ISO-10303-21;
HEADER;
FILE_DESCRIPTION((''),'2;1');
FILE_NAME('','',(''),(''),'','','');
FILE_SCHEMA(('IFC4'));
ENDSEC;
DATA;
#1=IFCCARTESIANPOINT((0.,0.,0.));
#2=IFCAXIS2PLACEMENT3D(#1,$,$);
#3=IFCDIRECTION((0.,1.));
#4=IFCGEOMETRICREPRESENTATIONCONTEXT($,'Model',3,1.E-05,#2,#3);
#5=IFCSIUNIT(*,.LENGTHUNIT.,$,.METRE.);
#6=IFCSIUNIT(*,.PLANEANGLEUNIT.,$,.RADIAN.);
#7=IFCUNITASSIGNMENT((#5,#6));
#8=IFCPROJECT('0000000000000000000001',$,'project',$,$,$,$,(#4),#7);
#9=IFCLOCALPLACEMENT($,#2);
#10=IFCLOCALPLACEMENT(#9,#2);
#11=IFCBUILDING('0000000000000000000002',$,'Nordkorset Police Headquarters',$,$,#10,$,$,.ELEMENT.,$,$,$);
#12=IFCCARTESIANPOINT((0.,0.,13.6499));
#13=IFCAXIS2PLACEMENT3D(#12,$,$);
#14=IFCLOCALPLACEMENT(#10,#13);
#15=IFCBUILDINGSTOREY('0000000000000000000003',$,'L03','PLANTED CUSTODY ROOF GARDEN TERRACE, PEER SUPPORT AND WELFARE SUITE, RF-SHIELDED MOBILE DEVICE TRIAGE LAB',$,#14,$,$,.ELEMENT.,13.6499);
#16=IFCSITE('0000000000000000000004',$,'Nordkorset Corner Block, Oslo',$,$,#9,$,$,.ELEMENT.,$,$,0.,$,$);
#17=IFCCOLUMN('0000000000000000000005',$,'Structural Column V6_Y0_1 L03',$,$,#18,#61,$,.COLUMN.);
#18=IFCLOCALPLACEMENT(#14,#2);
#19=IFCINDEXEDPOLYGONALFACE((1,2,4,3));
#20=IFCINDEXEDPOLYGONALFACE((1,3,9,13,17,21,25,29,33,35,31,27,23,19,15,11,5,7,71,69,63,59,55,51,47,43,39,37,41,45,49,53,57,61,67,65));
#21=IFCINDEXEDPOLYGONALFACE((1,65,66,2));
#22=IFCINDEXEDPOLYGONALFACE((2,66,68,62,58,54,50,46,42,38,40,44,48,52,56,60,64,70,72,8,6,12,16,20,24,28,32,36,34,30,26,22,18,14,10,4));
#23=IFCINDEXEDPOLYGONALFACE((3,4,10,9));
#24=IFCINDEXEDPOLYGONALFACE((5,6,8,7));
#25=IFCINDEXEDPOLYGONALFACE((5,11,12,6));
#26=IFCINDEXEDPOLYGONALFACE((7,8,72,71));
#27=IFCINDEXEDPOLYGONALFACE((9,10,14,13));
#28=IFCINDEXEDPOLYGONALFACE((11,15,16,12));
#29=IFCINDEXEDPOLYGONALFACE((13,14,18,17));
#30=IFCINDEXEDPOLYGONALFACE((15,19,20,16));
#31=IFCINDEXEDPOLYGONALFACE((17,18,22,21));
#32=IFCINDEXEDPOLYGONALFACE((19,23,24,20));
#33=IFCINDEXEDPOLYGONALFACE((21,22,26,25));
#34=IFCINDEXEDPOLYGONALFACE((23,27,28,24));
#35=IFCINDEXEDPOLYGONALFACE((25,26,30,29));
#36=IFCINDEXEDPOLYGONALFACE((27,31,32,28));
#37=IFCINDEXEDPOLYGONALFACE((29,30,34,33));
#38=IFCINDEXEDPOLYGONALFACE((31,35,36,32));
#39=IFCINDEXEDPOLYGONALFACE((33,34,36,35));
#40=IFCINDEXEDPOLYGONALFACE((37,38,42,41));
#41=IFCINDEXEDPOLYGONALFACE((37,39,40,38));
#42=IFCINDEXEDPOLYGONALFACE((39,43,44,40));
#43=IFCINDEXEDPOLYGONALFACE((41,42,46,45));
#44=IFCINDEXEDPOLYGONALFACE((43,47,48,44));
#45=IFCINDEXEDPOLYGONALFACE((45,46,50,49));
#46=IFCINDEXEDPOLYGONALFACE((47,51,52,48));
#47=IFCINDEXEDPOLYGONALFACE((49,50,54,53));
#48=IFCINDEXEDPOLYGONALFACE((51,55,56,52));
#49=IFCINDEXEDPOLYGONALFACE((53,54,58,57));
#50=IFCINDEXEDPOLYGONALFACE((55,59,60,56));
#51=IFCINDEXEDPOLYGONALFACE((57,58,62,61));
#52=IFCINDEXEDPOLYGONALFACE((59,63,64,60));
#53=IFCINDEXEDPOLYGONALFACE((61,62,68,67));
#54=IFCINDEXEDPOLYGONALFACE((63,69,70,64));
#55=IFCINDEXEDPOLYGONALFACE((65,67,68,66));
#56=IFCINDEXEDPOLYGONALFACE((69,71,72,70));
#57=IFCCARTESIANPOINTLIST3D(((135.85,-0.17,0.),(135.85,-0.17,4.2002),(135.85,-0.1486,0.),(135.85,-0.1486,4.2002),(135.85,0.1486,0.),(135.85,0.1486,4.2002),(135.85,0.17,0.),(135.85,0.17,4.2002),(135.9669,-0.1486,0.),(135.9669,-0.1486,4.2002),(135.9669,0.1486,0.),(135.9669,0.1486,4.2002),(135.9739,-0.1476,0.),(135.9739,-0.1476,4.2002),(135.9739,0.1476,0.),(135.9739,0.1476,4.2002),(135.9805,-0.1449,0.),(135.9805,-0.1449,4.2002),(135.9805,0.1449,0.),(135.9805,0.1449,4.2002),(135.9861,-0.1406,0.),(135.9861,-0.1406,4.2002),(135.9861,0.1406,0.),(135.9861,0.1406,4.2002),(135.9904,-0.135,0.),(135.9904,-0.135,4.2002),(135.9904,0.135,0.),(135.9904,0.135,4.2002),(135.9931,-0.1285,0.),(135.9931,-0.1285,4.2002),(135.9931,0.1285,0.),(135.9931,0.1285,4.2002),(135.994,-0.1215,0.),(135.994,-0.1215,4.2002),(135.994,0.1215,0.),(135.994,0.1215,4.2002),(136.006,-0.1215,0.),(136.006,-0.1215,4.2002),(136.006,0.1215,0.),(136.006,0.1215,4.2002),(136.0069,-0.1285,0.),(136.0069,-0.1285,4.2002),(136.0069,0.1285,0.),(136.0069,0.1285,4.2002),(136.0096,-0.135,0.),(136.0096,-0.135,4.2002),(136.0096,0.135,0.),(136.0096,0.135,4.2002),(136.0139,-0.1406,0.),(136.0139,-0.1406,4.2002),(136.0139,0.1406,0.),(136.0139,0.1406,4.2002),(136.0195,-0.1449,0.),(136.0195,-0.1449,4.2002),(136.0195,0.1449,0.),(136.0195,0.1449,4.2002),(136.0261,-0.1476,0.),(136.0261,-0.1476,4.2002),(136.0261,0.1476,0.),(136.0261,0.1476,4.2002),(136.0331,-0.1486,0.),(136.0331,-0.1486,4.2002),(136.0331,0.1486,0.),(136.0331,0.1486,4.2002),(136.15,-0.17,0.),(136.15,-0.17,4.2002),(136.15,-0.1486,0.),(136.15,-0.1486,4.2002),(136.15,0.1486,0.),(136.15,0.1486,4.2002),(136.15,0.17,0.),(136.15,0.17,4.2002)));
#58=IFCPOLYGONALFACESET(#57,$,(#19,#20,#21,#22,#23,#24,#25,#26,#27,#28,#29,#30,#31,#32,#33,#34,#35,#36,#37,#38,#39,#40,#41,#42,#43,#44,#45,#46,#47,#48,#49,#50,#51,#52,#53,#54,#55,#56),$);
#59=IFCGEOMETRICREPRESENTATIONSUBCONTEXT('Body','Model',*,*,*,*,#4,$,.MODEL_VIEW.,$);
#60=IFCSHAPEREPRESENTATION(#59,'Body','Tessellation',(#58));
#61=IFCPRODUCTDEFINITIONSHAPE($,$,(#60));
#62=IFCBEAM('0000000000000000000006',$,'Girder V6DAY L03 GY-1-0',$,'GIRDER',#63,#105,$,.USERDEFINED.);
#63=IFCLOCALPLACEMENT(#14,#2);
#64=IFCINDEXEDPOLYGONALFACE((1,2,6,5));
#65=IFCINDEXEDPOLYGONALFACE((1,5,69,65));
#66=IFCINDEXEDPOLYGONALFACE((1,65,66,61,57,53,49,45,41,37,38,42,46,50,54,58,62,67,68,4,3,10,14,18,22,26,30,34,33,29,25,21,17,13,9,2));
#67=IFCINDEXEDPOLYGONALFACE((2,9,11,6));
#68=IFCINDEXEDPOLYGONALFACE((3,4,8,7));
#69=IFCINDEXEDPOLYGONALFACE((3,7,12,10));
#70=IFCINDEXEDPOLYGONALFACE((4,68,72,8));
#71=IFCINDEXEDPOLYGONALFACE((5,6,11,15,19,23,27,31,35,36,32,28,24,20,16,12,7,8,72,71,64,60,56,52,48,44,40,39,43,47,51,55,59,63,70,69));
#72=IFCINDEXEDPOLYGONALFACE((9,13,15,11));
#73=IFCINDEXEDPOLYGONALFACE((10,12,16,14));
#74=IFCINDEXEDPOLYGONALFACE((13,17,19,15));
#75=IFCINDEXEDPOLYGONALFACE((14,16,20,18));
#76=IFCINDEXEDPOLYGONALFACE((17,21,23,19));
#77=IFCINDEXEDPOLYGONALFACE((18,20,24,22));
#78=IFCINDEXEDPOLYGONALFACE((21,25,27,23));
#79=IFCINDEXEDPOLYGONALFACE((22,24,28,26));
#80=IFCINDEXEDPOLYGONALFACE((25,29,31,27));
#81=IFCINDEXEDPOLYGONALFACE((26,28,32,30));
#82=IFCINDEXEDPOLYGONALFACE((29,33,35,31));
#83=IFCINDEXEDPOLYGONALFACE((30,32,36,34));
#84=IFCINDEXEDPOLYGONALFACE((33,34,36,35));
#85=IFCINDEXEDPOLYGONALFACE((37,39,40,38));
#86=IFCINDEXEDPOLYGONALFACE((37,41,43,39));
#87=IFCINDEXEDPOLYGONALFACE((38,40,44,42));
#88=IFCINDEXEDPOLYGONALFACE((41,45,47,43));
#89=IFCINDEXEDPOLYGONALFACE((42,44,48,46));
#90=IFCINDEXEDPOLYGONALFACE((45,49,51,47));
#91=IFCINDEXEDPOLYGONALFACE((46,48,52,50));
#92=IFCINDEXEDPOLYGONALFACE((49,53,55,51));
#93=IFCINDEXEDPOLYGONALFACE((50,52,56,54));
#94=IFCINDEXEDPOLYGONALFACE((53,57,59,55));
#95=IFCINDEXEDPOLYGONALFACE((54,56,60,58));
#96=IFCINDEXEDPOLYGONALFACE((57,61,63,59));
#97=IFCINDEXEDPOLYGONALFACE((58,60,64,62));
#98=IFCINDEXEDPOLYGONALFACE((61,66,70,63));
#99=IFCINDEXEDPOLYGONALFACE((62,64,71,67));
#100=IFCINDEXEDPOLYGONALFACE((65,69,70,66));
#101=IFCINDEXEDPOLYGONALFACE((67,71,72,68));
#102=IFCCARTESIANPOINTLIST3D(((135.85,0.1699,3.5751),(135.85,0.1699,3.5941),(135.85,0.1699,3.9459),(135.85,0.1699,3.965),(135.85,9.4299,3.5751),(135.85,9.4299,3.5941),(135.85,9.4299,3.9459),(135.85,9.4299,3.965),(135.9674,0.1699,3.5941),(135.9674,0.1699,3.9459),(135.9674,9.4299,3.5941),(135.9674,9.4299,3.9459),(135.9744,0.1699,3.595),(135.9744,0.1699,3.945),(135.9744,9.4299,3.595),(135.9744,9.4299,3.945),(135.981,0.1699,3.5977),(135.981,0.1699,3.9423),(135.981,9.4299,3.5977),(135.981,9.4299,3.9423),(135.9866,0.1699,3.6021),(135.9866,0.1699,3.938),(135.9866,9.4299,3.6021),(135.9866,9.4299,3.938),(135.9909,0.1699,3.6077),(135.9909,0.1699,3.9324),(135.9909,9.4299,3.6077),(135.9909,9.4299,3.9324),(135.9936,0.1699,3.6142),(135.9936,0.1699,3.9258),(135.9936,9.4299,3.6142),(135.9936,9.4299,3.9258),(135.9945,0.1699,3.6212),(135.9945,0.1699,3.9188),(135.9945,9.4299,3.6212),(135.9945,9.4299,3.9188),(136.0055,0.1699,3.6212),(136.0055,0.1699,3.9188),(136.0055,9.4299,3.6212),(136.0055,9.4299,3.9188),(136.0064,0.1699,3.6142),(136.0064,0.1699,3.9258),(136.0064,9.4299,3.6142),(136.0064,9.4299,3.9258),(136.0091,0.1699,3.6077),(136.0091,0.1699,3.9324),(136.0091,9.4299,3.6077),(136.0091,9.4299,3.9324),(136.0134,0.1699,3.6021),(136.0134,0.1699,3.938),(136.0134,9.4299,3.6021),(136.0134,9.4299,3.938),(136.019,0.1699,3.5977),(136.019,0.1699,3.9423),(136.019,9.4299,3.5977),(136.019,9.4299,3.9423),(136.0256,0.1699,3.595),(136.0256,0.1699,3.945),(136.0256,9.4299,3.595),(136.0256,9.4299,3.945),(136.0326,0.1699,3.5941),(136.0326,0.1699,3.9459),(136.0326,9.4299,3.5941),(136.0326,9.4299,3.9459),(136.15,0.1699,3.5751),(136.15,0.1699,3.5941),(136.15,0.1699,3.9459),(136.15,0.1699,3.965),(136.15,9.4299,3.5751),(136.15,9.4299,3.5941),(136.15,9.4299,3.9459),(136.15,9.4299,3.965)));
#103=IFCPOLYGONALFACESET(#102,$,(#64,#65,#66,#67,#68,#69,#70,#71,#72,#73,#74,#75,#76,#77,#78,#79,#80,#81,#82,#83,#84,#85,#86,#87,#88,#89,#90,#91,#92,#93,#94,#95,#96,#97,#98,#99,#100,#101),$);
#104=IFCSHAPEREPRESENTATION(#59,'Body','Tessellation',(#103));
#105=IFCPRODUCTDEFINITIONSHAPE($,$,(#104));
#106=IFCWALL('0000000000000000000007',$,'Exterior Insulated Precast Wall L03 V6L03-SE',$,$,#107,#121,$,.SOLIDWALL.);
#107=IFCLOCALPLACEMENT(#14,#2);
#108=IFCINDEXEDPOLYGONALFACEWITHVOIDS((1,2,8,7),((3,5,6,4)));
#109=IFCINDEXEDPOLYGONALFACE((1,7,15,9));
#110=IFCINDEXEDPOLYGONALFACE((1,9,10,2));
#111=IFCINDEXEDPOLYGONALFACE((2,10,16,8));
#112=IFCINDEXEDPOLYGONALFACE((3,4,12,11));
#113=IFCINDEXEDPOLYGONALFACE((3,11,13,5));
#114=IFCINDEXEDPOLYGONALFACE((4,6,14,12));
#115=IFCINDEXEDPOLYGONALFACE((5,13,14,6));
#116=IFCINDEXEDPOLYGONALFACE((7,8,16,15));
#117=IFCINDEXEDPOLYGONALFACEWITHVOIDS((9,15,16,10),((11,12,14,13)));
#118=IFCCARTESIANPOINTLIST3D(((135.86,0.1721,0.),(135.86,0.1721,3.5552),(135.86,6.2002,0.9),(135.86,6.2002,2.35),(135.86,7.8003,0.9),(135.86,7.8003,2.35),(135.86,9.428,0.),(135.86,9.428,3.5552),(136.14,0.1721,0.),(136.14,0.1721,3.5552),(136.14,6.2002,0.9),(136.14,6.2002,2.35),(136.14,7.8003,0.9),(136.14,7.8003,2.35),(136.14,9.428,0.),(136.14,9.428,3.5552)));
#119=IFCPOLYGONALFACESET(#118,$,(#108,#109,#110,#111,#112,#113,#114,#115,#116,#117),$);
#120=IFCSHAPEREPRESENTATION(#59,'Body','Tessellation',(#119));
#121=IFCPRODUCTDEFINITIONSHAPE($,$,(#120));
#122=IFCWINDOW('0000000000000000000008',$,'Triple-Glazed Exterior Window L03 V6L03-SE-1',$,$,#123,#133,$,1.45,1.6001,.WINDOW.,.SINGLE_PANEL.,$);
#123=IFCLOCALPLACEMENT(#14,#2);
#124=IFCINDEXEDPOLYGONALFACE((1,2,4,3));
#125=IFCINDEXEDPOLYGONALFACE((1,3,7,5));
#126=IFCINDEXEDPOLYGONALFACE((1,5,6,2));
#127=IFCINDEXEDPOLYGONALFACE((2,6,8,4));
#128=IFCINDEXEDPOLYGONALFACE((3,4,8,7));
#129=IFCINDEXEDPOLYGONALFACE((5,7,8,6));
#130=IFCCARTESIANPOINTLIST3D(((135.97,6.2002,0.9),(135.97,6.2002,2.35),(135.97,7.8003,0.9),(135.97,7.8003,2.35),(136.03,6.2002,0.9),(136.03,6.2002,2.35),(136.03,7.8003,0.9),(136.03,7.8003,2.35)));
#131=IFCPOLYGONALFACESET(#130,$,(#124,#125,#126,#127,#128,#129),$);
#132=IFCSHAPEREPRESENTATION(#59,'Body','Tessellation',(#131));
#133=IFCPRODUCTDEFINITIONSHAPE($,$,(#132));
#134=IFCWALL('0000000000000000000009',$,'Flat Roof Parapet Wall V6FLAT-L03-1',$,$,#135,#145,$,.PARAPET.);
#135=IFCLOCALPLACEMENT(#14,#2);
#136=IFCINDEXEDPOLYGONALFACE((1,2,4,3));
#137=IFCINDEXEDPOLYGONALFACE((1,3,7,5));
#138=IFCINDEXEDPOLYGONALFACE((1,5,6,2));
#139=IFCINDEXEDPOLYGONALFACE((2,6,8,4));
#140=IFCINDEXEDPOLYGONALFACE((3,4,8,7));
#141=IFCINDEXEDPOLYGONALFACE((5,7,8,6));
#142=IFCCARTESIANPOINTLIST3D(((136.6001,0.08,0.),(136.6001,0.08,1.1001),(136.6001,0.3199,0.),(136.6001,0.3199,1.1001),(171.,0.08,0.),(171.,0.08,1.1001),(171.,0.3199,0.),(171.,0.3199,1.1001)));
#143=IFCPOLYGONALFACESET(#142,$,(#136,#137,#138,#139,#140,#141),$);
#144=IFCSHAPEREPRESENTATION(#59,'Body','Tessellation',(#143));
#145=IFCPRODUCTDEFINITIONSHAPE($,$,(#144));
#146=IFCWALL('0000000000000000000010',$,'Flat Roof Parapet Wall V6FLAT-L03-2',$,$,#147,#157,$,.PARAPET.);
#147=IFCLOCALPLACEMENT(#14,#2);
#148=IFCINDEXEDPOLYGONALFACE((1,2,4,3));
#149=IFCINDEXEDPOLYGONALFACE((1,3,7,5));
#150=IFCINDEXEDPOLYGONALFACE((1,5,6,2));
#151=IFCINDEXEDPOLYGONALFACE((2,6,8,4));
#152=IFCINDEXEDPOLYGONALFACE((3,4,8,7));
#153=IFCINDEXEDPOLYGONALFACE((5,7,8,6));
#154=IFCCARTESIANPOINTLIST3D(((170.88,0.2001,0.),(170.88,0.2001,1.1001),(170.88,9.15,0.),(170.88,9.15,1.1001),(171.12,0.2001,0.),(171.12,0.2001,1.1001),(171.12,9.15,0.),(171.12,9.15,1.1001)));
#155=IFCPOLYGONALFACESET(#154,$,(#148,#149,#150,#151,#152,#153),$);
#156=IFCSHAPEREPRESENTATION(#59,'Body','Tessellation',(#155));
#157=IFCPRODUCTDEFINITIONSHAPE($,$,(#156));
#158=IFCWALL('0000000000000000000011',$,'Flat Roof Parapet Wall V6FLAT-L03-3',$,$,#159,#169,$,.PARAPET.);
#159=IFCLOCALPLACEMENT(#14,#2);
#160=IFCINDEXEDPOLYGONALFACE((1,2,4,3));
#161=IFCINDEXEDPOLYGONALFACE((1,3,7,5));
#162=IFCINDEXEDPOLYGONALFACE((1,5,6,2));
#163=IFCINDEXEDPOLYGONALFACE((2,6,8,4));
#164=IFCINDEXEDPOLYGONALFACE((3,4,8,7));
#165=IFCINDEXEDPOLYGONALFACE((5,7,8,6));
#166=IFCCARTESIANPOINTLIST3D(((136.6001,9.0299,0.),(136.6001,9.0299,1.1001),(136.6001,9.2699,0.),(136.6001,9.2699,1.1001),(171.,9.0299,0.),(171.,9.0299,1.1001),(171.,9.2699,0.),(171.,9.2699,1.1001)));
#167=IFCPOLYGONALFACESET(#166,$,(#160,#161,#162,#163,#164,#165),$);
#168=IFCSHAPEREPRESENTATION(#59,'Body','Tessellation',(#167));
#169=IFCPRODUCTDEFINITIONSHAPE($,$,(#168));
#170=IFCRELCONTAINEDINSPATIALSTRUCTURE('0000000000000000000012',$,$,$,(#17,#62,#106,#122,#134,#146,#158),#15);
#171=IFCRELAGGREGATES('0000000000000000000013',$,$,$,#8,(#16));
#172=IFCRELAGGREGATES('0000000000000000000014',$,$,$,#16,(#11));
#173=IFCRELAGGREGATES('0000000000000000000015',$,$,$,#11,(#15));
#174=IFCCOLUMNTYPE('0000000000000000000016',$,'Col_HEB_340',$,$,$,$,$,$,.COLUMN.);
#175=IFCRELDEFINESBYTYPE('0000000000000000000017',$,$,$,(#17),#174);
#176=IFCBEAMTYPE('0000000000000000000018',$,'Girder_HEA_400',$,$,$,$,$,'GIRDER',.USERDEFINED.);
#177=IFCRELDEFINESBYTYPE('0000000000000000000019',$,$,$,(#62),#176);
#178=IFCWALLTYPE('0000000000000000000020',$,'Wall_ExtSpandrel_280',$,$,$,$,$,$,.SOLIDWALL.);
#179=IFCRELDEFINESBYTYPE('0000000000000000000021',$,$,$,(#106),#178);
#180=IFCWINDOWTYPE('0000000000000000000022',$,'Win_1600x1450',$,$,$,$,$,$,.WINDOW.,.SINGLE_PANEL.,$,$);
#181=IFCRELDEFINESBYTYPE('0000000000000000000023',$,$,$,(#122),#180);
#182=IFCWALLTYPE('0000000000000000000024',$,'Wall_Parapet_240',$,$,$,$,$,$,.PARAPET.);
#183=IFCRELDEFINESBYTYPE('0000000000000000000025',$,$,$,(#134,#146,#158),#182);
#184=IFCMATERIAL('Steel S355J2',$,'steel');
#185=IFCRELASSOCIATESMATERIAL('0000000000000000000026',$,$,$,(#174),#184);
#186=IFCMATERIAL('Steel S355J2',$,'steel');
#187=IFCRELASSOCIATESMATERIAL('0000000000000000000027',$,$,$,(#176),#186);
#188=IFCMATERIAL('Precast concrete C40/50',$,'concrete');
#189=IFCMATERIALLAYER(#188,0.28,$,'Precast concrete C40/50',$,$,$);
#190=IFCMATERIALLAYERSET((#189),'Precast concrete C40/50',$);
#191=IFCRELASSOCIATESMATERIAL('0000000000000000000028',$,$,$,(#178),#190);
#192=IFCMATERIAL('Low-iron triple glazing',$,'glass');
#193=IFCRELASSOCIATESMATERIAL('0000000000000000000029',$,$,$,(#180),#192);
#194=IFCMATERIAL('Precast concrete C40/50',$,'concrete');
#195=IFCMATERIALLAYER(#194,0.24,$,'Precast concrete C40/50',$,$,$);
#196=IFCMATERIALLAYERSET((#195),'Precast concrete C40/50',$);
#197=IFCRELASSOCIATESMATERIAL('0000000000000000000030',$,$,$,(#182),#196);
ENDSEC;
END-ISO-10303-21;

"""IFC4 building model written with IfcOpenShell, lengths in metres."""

from ifc_helpers import new_model, si_unit, direction, frame, frame_2d, origin, origin_2d, place, context, subcontext, project, spatial, rectangle, i_section, extrude, material, layer, layer_set, material_profile, profile_set, type_object, element, fill, save


model = new_model("IFC4")

# Units and contexts
model_context = context("Model", 3, precision=1e-05, world=origin(), true_north=direction((0.0, 1.0)))
body_context = subcontext(model_context, "Body", "Model", "MODEL_VIEW")
ifc_project = project(units=[si_unit("LENGTHUNIT", "METRE"), si_unit("PLANEANGLEUNIT", "RADIAN")], contexts=[model_context])

# Site, building, storey
site_placement = place(None, origin())
site = spatial("IfcSite", under=ifc_project, at=site_placement, Name="Nordkorset Corner Block, Oslo", CompositionType="ELEMENT", RefElevation=0.0)
building_placement = place(site_placement, origin())
building = spatial("IfcBuilding", under=site, at=building_placement, Name="Nordkorset Police Headquarters", CompositionType="ELEMENT")
storey_placement = place(building_placement, frame((0.0, 0.0, 13.6499)))
storey = spatial("IfcBuildingStorey", under=building, at=storey_placement, Name="L03", Description="PLANTED CUSTODY ROOF GARDEN TERRACE, PEER SUPPORT AND WELFARE SUITE, RF-SHIELDED MOBILE DEVICE TRIAGE LAB", CompositionType="ELEMENT", Elevation=13.6499)

# Column
ifc_material_1 = material(Name="Steel S355J2", Category="steel")
ifc_material_profile_1 = material_profile(ifc_material_1, i_section(OverallWidth=0.3, OverallDepth=0.3401, WebThickness=0.012, FlangeThickness=0.0215, FilletRadius=0.0271, at=origin_2d()), Name="HEB 340")
ifc_profile_set_1 = profile_set([ifc_material_profile_1], Name="Steel S355J2")
column_type = type_object("IfcColumnType", Name="Col_HEB_340", PredefinedType="COLUMN", material=ifc_profile_set_1)
column_placement = place(storey_placement, frame((136.0, 0.0, 0.0), z_axis=(0.0, 0.0, 1.0), x_axis=(1.0, 0.0, 0.0)))
element("IfcColumn", 1, at=column_placement, inside=storey, type_object=column_type, Name="Structural Column V6_Y0_1 L03", PredefinedType="COLUMN", context=body_context, shape_type="SweptSolid", body=[
    extrude(i_section(OverallWidth=0.3, OverallDepth=0.3401, WebThickness=0.012, FlangeThickness=0.0215, FilletRadius=0.0271, at=origin_2d()), origin(), (0.0, 0.0, 1.0), 4.2002),
])

# Beam
ifc_material_2 = material(Name="Steel S355J2", Category="steel")
ifc_material_profile_2 = material_profile(ifc_material_2, i_section(OverallWidth=0.3, OverallDepth=0.3899, WebThickness=0.011, FlangeThickness=0.019, FilletRadius=0.0271, at=origin_2d()), Name="HEA 400")
ifc_profile_set_2 = profile_set([ifc_material_profile_2], Name="Steel S355J2")
beam_type = type_object("IfcBeamType", Name="Girder_HEA_400", ElementType="GIRDER", PredefinedType="USERDEFINED", material=ifc_profile_set_2)
beam_placement = place(storey_placement, frame((136.0, 0.1699, 3.77), z_axis=(0.0, 1.0, 0.0), x_axis=(-1.0, 0.0, 0.0)))
element("IfcBeam", 2, at=beam_placement, inside=storey, type_object=beam_type, Name="Girder V6DAY L03 GY-1-0", ObjectType="GIRDER", PredefinedType="USERDEFINED", context=body_context, shape_type="SweptSolid", body=[
    extrude(i_section(OverallWidth=0.3, OverallDepth=0.3899, WebThickness=0.011, FlangeThickness=0.019, FilletRadius=0.0271, at=origin_2d()), origin(), (0.0, 0.0, 1.0), 9.26),
])

# Wall, opening, window
ifc_material_3 = material(Name="Precast concrete C40/50", Category="concrete")
ifc_layer_1 = layer(ifc_material_3, 0.28, Name="Precast concrete C40/50")
ifc_layer_set_1 = layer_set([ifc_layer_1], Name="Precast concrete C40/50")
wall_type_1 = type_object("IfcWallType", Name="Wall_ExtSpandrel_280", PredefinedType="SOLIDWALL", material=ifc_layer_set_1)
wall_1_placement = place(storey_placement, frame((136.0, 0.1721, 0.0), z_axis=(0.0, 0.0, 1.0), x_axis=(0.0, 1.0, 0.0)))
wall_1 = element("IfcWall", 3, at=wall_1_placement, inside=storey, type_object=wall_type_1, Name="Exterior Insulated Precast Wall L03 V6L03-SE", PredefinedType="SOLIDWALL", context=body_context, shape_type="SweptSolid", body=[
    extrude(rectangle(XDim=9.2559, YDim=0.28, at=frame_2d((4.6279, 0.0))), origin(), (0.0, 0.0, 1.0), 3.5552),
])
opening_1_placement = place(wall_1_placement, frame((6.0281, 0.0, 0.8999)))
opening_1 = element("IfcOpeningElement", 4, at=opening_1_placement, cuts=wall_1, PredefinedType="OPENING", context=body_context, shape_type="SweptSolid", body=[
    extrude(rectangle(XDim=1.6001, YDim=1.45, at=frame_2d((0.8, 0.7251))), frame((0.0, 0.1499, 0.0), z_axis=(0.0, -1.0, 0.0), x_axis=(1.0, 0.0, 0.0)), (0.0, 0.0, 1.0), 0.3),
])
ifc_material_4 = material(Name="Low-iron triple glazing", Category="glass")
window_type = type_object("IfcWindowType", Name="Win_1600x1450", PartitioningType="SINGLE_PANEL", PredefinedType="WINDOW", material=ifc_material_4)
window_placement = place(opening_1_placement, origin())
window = element("IfcWindow", 5, at=window_placement, inside=storey, type_object=window_type, Name="Triple-Glazed Exterior Window L03 V6L03-SE-1", OverallHeight=1.45, OverallWidth=1.6001, PartitioningType="SINGLE_PANEL", PredefinedType="WINDOW", context=body_context, shape_type="SweptSolid", body=[
    extrude(rectangle(XDim=1.6001, YDim=1.45, at=frame_2d((0.8, 0.7251))), frame((0.0, 0.03, 0.0), z_axis=(0.0, -1.0, 0.0), x_axis=(1.0, 0.0, 0.0)), (0.0, 0.0, 1.0), 0.0601),
])
fill(opening_1, window)

# Walls
ifc_material_5 = material(Name="Precast concrete C40/50", Category="concrete")
ifc_layer_2 = layer(ifc_material_5, 0.24, Name="Precast concrete C40/50")
ifc_layer_set_2 = layer_set([ifc_layer_2], Name="Precast concrete C40/50")
wall_type_2 = type_object("IfcWallType", Name="Wall_Parapet_240", PredefinedType="PARAPET", material=ifc_layer_set_2)
wall_2_placement = place(storey_placement, frame((136.6001, 0.2, 0.0), z_axis=(0.0, 0.0, 1.0), x_axis=(1.0, 0.0, 0.0)))
element("IfcWall", 6, at=wall_2_placement, inside=storey, type_object=wall_type_2, Name="Flat Roof Parapet Wall V6FLAT-L03-1", PredefinedType="PARAPET", context=body_context, shape_type="SweptSolid", body=[
    extrude(rectangle(XDim=34.3999, YDim=0.24, at=frame_2d((17.2, 0.0))), origin(), (0.0, 0.0, 1.0), 1.1001),
])
wall_3_placement = place(storey_placement, frame((171.0, 0.2, 0.0), z_axis=(0.0, 0.0, 1.0), x_axis=(0.0, 1.0, 0.0)))
element("IfcWall", 7, at=wall_3_placement, inside=storey, type_object=wall_type_2, Name="Flat Roof Parapet Wall V6FLAT-L03-2", PredefinedType="PARAPET", context=body_context, shape_type="SweptSolid", body=[
    extrude(rectangle(XDim=8.95, YDim=0.24, at=frame_2d((4.4751, 0.0))), origin(), (0.0, 0.0, 1.0), 1.1001),
])
wall_4_placement = place(storey_placement, frame((171.0, 9.1499, 0.0), z_axis=(0.0, 0.0, 1.0), x_axis=(-1.0, 0.0, 0.0)))
element("IfcWall", 8, at=wall_4_placement, inside=storey, type_object=wall_type_2, Name="Flat Roof Parapet Wall V6FLAT-L03-3", PredefinedType="PARAPET", context=body_context, shape_type="SweptSolid", body=[
    extrude(rectangle(XDim=34.3999, YDim=0.24, at=frame_2d((17.2, 0.0))), origin(), (0.0, 0.0, 1.0), 1.1001),
])

save(model, "model.ifc")
